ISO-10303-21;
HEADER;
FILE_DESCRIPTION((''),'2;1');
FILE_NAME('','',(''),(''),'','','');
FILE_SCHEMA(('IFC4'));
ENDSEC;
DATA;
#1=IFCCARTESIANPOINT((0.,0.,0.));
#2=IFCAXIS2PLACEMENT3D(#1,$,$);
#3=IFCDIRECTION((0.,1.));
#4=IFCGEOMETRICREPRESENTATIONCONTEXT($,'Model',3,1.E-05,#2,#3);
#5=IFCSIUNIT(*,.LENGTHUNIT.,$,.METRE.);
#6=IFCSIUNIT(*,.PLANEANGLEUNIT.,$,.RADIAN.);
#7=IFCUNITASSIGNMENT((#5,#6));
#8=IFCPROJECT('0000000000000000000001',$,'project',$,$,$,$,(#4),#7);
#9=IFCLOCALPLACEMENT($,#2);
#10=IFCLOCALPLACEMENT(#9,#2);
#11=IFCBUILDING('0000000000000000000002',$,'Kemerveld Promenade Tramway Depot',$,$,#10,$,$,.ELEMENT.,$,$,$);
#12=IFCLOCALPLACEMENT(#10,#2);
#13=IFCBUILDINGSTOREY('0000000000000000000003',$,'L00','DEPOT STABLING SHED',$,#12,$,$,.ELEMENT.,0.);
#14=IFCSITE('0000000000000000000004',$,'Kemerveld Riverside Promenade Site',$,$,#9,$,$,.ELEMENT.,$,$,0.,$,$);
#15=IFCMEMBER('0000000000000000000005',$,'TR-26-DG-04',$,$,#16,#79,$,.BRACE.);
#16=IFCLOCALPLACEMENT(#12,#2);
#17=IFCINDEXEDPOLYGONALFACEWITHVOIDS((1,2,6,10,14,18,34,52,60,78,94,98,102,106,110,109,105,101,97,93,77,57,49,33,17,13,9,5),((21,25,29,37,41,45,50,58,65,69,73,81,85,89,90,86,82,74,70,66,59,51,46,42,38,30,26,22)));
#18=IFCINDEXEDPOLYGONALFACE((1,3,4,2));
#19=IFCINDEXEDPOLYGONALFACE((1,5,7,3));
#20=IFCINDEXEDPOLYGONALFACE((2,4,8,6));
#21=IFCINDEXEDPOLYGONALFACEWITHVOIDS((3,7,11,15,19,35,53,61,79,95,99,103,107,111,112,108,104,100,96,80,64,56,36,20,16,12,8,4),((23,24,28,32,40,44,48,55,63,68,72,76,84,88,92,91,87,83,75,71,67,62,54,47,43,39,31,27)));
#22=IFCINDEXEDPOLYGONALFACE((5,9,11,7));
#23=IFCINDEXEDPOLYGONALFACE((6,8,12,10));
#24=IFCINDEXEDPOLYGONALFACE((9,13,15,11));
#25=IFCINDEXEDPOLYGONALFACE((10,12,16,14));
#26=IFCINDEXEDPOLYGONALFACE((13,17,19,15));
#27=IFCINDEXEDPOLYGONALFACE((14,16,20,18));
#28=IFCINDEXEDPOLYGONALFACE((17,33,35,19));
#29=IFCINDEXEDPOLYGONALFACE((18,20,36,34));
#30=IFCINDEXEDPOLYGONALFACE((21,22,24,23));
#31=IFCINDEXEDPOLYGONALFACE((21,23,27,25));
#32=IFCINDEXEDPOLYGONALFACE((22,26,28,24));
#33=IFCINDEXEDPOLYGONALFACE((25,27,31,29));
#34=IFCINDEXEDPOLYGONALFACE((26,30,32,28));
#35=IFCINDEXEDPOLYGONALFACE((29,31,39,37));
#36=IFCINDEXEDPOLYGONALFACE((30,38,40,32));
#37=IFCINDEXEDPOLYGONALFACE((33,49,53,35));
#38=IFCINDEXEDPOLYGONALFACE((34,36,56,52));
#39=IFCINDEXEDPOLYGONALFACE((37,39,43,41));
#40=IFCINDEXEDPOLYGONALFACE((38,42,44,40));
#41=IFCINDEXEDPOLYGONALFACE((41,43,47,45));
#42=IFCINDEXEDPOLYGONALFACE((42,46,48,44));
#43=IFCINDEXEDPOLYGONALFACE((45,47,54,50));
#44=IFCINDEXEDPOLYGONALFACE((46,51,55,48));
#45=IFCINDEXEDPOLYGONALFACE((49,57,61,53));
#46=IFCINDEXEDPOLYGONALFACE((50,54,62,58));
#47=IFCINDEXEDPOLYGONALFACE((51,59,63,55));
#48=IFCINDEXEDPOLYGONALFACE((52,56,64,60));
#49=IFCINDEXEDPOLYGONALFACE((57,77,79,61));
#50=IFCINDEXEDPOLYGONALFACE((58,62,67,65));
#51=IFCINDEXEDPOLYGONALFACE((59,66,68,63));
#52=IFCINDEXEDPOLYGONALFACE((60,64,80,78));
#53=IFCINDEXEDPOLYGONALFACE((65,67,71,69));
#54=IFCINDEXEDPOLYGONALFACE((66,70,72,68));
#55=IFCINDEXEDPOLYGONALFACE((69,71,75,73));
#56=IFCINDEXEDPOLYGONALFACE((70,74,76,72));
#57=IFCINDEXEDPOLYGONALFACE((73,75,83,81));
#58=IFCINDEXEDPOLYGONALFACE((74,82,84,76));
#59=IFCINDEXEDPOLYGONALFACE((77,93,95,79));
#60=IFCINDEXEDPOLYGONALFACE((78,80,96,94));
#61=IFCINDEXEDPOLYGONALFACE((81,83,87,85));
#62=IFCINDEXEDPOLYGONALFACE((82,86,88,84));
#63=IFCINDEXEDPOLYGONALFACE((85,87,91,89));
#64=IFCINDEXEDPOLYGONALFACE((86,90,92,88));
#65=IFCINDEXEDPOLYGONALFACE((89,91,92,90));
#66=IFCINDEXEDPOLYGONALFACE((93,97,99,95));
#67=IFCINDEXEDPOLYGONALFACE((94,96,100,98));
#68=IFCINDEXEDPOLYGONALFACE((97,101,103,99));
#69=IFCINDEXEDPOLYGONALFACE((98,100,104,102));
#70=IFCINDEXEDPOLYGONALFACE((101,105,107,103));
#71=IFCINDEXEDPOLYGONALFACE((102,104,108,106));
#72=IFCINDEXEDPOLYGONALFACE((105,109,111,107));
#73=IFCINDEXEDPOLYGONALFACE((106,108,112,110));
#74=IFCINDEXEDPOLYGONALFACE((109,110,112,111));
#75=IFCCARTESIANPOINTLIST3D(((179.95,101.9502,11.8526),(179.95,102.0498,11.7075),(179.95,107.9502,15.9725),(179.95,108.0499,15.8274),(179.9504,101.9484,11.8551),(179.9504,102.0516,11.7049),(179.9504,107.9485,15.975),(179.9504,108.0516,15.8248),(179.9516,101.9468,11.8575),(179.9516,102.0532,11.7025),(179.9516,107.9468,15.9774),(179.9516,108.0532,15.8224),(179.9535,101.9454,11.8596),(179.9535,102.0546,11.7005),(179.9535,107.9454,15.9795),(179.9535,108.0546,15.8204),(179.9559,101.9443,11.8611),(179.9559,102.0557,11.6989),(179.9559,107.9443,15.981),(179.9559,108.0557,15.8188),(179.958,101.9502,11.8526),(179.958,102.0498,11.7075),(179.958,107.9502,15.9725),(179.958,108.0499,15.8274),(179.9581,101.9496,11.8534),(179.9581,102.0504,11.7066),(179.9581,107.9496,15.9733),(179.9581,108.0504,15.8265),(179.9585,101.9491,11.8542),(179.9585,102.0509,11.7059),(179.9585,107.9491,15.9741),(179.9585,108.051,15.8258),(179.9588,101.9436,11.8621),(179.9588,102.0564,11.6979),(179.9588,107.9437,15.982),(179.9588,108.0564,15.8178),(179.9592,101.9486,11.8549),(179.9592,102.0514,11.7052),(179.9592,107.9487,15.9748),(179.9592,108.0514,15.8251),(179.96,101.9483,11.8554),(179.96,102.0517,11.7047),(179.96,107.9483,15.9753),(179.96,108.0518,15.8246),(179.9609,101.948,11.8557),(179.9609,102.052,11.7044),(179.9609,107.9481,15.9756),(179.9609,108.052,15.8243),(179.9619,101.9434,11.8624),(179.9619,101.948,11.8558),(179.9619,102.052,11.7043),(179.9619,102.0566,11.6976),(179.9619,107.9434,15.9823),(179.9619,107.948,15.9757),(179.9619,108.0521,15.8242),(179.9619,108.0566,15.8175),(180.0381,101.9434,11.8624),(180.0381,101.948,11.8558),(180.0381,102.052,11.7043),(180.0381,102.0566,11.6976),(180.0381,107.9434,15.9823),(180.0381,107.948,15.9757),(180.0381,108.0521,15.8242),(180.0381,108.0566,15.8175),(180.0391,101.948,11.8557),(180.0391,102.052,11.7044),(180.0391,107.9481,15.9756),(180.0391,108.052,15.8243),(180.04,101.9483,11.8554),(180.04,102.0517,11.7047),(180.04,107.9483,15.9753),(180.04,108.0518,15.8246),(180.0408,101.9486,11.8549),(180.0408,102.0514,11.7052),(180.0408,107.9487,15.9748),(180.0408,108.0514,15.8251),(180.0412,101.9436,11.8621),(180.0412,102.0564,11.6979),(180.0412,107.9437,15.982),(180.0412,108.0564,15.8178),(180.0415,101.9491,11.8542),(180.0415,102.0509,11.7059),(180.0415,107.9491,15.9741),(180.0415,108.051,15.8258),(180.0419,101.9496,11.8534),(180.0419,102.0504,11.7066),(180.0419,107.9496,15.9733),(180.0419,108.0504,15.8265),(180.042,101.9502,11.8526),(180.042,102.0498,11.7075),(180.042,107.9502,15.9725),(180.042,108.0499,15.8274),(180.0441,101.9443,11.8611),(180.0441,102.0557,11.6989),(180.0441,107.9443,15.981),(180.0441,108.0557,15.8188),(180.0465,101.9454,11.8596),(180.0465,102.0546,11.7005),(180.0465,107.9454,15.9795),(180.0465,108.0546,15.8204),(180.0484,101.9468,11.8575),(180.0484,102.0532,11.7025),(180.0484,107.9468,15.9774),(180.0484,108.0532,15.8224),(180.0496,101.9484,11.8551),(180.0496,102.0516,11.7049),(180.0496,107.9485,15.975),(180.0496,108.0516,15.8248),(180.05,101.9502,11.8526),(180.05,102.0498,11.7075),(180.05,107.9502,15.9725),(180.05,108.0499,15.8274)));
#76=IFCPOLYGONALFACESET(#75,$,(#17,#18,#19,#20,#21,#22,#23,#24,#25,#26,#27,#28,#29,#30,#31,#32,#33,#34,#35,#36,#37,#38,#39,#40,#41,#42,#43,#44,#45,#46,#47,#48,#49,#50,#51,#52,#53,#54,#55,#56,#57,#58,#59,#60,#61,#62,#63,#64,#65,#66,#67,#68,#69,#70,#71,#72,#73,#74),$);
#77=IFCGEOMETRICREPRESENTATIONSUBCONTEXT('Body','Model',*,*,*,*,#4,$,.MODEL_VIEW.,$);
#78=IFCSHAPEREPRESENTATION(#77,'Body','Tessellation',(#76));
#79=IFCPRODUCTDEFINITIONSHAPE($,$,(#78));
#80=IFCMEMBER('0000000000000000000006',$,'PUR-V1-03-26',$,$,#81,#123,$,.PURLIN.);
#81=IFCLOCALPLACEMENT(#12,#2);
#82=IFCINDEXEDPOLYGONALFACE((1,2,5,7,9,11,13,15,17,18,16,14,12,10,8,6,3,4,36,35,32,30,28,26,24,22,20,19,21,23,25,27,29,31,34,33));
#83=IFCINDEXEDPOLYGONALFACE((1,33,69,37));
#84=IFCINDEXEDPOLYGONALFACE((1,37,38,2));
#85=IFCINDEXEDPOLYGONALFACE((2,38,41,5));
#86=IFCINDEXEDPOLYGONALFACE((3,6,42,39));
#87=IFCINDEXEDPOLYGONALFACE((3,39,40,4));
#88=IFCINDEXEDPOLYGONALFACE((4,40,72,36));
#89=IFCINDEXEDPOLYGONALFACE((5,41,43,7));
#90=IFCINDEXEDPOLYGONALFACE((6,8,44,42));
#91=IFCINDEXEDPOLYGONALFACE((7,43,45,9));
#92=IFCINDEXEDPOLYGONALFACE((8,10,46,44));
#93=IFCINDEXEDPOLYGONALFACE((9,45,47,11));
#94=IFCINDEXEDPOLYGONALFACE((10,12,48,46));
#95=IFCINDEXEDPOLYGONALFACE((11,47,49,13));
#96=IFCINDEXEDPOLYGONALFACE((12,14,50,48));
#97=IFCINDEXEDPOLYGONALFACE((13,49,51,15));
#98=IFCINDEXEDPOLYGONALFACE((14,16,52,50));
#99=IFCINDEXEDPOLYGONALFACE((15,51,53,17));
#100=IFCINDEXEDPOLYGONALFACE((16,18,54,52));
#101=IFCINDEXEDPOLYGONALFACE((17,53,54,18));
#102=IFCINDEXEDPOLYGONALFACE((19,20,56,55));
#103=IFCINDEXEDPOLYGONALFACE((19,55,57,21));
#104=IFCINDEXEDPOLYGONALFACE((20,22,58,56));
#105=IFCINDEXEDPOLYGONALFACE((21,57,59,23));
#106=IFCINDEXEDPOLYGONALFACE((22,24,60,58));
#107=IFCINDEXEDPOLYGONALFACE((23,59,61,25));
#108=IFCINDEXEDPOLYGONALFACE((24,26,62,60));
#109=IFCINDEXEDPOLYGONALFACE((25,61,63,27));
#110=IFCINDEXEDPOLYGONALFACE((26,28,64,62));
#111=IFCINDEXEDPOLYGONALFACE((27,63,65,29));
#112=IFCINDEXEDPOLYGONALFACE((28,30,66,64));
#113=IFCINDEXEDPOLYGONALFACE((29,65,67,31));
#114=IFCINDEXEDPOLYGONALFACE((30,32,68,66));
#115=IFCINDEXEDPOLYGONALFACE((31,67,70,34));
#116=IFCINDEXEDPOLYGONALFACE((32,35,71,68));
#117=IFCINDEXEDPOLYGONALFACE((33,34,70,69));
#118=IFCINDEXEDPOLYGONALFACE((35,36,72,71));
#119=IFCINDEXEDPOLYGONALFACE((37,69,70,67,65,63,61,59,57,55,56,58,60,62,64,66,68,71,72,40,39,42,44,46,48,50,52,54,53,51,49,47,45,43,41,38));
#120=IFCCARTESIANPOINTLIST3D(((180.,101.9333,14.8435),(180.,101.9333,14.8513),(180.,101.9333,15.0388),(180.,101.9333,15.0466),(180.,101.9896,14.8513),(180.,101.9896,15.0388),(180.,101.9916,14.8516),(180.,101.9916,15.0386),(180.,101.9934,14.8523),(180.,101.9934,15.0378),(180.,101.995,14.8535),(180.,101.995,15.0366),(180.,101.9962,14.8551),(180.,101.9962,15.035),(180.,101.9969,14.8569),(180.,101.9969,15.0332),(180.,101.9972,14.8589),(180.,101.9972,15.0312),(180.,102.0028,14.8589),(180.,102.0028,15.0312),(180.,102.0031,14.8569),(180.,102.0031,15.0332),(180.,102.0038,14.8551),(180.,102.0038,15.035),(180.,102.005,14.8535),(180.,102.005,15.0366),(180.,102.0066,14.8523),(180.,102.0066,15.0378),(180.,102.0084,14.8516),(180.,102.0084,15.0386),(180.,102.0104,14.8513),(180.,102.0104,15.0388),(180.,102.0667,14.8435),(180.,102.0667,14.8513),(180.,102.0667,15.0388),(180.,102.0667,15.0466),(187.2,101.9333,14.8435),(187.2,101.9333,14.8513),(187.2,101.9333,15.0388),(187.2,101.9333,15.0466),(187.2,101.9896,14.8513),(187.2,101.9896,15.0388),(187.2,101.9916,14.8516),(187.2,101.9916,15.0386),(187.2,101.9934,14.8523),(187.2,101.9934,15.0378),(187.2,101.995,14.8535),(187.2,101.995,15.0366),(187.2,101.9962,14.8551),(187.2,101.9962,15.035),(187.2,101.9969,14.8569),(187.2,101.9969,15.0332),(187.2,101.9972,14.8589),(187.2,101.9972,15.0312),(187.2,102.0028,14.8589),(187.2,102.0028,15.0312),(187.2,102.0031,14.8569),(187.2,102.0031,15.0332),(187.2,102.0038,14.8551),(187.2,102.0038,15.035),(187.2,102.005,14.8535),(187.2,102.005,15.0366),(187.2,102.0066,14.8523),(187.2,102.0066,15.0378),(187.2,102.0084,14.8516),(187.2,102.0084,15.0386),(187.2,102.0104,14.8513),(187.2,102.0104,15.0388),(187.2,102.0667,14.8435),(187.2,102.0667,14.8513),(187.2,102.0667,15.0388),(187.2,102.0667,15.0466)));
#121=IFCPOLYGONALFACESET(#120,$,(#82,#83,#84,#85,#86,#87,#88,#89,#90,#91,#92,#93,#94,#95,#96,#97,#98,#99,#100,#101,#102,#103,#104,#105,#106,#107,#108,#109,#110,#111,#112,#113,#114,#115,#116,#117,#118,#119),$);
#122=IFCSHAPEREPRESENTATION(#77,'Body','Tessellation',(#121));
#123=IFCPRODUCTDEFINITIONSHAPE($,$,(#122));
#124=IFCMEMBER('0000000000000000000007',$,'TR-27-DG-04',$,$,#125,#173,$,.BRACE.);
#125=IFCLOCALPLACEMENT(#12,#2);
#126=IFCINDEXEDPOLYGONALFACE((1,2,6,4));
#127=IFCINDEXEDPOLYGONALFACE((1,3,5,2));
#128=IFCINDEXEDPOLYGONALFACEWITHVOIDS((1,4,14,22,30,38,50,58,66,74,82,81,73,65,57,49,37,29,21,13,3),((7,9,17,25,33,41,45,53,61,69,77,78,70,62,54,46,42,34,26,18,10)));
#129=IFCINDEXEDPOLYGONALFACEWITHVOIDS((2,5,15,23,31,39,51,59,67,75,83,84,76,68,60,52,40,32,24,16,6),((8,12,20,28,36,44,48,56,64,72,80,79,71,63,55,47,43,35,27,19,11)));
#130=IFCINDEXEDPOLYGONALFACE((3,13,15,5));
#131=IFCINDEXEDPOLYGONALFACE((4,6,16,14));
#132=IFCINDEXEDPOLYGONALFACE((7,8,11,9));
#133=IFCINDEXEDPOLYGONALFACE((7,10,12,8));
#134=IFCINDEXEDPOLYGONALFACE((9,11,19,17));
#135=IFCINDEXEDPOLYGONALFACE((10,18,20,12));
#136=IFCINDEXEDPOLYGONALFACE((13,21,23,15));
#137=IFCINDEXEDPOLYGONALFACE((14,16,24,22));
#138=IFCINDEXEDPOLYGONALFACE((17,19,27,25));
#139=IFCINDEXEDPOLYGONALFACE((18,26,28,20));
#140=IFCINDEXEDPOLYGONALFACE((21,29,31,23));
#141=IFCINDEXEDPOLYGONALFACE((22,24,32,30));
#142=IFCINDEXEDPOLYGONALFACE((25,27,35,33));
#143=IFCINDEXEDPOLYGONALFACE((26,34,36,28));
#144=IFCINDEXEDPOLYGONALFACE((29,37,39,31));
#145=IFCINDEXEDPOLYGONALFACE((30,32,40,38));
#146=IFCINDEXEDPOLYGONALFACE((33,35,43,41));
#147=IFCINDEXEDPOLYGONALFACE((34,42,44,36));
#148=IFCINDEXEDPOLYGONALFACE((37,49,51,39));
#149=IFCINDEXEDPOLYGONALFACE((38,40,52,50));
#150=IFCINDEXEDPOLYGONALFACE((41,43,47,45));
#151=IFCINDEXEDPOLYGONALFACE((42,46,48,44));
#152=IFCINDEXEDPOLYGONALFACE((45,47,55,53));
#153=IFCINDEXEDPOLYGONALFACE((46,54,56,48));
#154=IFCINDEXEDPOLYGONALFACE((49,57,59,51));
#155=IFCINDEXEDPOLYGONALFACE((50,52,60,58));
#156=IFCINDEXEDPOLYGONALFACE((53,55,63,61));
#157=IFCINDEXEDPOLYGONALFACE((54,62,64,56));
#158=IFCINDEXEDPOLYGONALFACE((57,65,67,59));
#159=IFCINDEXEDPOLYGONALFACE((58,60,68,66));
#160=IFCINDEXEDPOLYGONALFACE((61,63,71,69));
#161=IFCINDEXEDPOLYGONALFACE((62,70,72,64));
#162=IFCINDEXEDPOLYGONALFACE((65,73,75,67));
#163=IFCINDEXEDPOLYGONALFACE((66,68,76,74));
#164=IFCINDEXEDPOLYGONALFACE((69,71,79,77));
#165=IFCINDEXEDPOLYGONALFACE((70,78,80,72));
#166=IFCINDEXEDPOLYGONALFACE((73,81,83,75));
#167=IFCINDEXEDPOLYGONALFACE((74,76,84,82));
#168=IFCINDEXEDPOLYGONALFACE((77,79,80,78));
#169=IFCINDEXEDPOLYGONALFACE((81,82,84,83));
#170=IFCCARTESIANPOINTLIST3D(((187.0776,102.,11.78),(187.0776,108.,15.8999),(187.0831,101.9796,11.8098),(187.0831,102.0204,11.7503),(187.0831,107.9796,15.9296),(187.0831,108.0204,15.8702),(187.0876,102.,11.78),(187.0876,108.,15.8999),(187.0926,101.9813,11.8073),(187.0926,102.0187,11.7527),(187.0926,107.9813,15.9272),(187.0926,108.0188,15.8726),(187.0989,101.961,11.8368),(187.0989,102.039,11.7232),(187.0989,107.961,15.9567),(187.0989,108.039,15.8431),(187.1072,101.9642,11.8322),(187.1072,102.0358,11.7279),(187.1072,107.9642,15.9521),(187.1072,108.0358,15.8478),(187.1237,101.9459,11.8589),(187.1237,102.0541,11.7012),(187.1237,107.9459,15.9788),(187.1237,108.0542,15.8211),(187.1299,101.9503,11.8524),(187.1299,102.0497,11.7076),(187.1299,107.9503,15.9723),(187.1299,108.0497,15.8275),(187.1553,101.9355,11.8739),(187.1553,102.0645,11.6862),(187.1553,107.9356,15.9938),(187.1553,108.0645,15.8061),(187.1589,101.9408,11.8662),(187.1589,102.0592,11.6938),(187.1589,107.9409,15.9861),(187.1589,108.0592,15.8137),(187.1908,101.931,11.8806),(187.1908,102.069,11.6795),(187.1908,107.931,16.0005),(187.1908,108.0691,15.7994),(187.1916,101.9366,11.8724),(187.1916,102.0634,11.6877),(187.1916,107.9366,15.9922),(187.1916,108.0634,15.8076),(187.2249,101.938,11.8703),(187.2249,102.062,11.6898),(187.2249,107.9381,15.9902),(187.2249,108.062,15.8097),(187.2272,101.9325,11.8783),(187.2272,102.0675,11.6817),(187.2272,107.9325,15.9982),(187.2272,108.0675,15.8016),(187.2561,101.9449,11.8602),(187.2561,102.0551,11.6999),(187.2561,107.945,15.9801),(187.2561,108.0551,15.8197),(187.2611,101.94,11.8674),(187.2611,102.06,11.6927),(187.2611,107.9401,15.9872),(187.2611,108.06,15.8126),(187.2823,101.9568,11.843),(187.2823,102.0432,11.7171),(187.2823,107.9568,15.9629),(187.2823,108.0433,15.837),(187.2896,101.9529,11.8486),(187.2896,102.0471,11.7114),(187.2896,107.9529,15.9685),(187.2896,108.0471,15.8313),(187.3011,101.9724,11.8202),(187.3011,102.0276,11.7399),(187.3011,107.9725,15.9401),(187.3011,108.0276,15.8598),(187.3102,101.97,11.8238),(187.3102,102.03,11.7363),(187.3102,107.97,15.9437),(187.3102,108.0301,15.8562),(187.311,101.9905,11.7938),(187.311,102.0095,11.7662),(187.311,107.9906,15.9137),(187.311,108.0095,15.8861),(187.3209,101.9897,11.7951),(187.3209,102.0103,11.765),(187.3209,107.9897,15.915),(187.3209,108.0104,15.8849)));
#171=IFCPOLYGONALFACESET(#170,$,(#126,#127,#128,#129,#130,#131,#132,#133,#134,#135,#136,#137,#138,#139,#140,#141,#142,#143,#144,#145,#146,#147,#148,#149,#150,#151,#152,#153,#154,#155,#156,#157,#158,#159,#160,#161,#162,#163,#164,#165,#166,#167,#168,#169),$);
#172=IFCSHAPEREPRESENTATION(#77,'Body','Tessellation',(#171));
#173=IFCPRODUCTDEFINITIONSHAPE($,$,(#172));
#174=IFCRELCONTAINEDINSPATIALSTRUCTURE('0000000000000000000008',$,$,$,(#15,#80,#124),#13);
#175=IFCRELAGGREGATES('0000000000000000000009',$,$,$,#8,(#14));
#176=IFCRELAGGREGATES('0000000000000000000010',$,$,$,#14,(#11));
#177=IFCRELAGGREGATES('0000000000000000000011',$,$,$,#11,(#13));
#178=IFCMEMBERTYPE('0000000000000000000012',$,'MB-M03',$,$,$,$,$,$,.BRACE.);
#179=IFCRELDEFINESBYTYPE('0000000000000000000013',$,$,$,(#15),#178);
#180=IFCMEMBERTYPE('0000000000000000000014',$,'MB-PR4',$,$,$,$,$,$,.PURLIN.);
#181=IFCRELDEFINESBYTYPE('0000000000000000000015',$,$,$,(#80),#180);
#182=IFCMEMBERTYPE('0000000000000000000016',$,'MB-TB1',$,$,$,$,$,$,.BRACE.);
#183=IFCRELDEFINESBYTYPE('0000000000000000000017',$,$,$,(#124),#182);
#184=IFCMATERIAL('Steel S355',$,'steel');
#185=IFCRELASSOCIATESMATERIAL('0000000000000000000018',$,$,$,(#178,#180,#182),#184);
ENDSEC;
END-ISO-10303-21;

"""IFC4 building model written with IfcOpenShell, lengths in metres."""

from ifc_helpers import new_model, si_unit, direction, frame, origin, origin_2d, place, context, subcontext, project, spatial, hollow_rectangle, hollow_circle, i_section, extrude, material, material_profile, profile_set, type_object, element, save


model = new_model("IFC4")

# Units and contexts
model_context = context("Model", 3, precision=1e-05, world=origin(), true_north=direction((0.0, 1.0)))
body_context = subcontext(model_context, "Body", "Model", "MODEL_VIEW")
ifc_project = project(units=[si_unit("LENGTHUNIT", "METRE"), si_unit("PLANEANGLEUNIT", "RADIAN")], contexts=[model_context])

# Site, building, storey
site_placement = place(None, origin())
site = spatial("IfcSite", under=ifc_project, at=site_placement, Name="Kemerveld Riverside Promenade Site", CompositionType="ELEMENT", RefElevation=0.0)
building_placement = place(site_placement, origin())
building = spatial("IfcBuilding", under=site, at=building_placement, Name="Kemerveld Promenade Tramway Depot", CompositionType="ELEMENT")
storey_placement = place(building_placement, origin())
storey = spatial("IfcBuildingStorey", under=building, at=storey_placement, Name="L00", Description="DEPOT STABLING SHED", CompositionType="ELEMENT", Elevation=0.0)

# Members
ifc_material_1 = material(Name="Steel S355", Category="steel")
ifc_material_profile_1 = material_profile(ifc_material_1, hollow_rectangle(XDim=0.1001, YDim=0.2, WallThickness=0.0081, InnerFilletRadius=0.0039, OuterFilletRadius=0.012, at=origin_2d()), Name="200x100x8.0 RHS")
ifc_profile_set_1 = profile_set([ifc_material_profile_1], Name="Steel S355")
member_type_1 = type_object("IfcMemberType", Name="MB-M03", PredefinedType="BRACE", material=ifc_profile_set_1)
member_1_placement = place(storey_placement, frame((180.0, 102.0, 11.78), z_axis=(0.0, 0.824371, 0.56605), x_axis=(-1.0, 0.0, 0.0)))
element("IfcMember", 1, at=member_1_placement, inside=storey, type_object=member_type_1, Name="TR-26-DG-04", PredefinedType="BRACE", context=body_context, shape_type="SweptSolid", body=[
    extrude(hollow_rectangle(XDim=0.1001, YDim=0.2, WallThickness=0.0081, InnerFilletRadius=0.0039, OuterFilletRadius=0.012, at=origin_2d()), origin(), (0.0, 0.0, 1.0), 7.2783),
])
ifc_material_profile_2 = material_profile(ifc_material_1, i_section(OverallWidth=0.1333, OverallDepth=0.2031, WebThickness=0.0056, FlangeThickness=0.0078, FilletRadius=0.0076, at=origin_2d()), Name="203x133x25 UB")
ifc_profile_set_2 = profile_set([ifc_material_profile_2], Name="Steel S355")
member_type_2 = type_object("IfcMemberType", Name="MB-PR4", PredefinedType="PURLIN", material=ifc_profile_set_2)
member_2_placement = place(storey_placement, frame((180.0, 102.0, 14.9451), z_axis=(1.0, 0.0, 0.0), x_axis=(0.0, 1.0, 0.0)))
element("IfcMember", 2, at=member_2_placement, inside=storey, type_object=member_type_2, Name="PUR-V1-03-26", PredefinedType="PURLIN", context=body_context, shape_type="SweptSolid", body=[
    extrude(i_section(OverallWidth=0.1333, OverallDepth=0.2031, WebThickness=0.0056, FlangeThickness=0.0078, FilletRadius=0.0076, at=origin_2d()), origin(), (0.0, 0.0, 1.0), 7.2),
])
ifc_material_profile_3 = material_profile(ifc_material_1, hollow_circle(Radius=0.1223, WallThickness=0.01, at=origin_2d()), Name="244.5x10.0 CHS")
ifc_profile_set_3 = profile_set([ifc_material_profile_3], Name="Steel S355")
member_type_3 = type_object("IfcMemberType", Name="MB-TB1", PredefinedType="BRACE", material=ifc_profile_set_3)
member_3_placement = place(storey_placement, frame((187.2, 102.0, 11.78), z_axis=(0.0, 0.824371, 0.56605), x_axis=(-1.0, 0.0, 0.0)))
element("IfcMember", 3, at=member_3_placement, inside=storey, type_object=member_type_3, Name="TR-27-DG-04", PredefinedType="BRACE", context=body_context, shape_type="SweptSolid", body=[
    extrude(hollow_circle(Radius=0.1223, WallThickness=0.01, at=origin_2d()), origin(), (0.0, 0.0, 1.0), 7.2783),
])

save(model, "model.ifc")
